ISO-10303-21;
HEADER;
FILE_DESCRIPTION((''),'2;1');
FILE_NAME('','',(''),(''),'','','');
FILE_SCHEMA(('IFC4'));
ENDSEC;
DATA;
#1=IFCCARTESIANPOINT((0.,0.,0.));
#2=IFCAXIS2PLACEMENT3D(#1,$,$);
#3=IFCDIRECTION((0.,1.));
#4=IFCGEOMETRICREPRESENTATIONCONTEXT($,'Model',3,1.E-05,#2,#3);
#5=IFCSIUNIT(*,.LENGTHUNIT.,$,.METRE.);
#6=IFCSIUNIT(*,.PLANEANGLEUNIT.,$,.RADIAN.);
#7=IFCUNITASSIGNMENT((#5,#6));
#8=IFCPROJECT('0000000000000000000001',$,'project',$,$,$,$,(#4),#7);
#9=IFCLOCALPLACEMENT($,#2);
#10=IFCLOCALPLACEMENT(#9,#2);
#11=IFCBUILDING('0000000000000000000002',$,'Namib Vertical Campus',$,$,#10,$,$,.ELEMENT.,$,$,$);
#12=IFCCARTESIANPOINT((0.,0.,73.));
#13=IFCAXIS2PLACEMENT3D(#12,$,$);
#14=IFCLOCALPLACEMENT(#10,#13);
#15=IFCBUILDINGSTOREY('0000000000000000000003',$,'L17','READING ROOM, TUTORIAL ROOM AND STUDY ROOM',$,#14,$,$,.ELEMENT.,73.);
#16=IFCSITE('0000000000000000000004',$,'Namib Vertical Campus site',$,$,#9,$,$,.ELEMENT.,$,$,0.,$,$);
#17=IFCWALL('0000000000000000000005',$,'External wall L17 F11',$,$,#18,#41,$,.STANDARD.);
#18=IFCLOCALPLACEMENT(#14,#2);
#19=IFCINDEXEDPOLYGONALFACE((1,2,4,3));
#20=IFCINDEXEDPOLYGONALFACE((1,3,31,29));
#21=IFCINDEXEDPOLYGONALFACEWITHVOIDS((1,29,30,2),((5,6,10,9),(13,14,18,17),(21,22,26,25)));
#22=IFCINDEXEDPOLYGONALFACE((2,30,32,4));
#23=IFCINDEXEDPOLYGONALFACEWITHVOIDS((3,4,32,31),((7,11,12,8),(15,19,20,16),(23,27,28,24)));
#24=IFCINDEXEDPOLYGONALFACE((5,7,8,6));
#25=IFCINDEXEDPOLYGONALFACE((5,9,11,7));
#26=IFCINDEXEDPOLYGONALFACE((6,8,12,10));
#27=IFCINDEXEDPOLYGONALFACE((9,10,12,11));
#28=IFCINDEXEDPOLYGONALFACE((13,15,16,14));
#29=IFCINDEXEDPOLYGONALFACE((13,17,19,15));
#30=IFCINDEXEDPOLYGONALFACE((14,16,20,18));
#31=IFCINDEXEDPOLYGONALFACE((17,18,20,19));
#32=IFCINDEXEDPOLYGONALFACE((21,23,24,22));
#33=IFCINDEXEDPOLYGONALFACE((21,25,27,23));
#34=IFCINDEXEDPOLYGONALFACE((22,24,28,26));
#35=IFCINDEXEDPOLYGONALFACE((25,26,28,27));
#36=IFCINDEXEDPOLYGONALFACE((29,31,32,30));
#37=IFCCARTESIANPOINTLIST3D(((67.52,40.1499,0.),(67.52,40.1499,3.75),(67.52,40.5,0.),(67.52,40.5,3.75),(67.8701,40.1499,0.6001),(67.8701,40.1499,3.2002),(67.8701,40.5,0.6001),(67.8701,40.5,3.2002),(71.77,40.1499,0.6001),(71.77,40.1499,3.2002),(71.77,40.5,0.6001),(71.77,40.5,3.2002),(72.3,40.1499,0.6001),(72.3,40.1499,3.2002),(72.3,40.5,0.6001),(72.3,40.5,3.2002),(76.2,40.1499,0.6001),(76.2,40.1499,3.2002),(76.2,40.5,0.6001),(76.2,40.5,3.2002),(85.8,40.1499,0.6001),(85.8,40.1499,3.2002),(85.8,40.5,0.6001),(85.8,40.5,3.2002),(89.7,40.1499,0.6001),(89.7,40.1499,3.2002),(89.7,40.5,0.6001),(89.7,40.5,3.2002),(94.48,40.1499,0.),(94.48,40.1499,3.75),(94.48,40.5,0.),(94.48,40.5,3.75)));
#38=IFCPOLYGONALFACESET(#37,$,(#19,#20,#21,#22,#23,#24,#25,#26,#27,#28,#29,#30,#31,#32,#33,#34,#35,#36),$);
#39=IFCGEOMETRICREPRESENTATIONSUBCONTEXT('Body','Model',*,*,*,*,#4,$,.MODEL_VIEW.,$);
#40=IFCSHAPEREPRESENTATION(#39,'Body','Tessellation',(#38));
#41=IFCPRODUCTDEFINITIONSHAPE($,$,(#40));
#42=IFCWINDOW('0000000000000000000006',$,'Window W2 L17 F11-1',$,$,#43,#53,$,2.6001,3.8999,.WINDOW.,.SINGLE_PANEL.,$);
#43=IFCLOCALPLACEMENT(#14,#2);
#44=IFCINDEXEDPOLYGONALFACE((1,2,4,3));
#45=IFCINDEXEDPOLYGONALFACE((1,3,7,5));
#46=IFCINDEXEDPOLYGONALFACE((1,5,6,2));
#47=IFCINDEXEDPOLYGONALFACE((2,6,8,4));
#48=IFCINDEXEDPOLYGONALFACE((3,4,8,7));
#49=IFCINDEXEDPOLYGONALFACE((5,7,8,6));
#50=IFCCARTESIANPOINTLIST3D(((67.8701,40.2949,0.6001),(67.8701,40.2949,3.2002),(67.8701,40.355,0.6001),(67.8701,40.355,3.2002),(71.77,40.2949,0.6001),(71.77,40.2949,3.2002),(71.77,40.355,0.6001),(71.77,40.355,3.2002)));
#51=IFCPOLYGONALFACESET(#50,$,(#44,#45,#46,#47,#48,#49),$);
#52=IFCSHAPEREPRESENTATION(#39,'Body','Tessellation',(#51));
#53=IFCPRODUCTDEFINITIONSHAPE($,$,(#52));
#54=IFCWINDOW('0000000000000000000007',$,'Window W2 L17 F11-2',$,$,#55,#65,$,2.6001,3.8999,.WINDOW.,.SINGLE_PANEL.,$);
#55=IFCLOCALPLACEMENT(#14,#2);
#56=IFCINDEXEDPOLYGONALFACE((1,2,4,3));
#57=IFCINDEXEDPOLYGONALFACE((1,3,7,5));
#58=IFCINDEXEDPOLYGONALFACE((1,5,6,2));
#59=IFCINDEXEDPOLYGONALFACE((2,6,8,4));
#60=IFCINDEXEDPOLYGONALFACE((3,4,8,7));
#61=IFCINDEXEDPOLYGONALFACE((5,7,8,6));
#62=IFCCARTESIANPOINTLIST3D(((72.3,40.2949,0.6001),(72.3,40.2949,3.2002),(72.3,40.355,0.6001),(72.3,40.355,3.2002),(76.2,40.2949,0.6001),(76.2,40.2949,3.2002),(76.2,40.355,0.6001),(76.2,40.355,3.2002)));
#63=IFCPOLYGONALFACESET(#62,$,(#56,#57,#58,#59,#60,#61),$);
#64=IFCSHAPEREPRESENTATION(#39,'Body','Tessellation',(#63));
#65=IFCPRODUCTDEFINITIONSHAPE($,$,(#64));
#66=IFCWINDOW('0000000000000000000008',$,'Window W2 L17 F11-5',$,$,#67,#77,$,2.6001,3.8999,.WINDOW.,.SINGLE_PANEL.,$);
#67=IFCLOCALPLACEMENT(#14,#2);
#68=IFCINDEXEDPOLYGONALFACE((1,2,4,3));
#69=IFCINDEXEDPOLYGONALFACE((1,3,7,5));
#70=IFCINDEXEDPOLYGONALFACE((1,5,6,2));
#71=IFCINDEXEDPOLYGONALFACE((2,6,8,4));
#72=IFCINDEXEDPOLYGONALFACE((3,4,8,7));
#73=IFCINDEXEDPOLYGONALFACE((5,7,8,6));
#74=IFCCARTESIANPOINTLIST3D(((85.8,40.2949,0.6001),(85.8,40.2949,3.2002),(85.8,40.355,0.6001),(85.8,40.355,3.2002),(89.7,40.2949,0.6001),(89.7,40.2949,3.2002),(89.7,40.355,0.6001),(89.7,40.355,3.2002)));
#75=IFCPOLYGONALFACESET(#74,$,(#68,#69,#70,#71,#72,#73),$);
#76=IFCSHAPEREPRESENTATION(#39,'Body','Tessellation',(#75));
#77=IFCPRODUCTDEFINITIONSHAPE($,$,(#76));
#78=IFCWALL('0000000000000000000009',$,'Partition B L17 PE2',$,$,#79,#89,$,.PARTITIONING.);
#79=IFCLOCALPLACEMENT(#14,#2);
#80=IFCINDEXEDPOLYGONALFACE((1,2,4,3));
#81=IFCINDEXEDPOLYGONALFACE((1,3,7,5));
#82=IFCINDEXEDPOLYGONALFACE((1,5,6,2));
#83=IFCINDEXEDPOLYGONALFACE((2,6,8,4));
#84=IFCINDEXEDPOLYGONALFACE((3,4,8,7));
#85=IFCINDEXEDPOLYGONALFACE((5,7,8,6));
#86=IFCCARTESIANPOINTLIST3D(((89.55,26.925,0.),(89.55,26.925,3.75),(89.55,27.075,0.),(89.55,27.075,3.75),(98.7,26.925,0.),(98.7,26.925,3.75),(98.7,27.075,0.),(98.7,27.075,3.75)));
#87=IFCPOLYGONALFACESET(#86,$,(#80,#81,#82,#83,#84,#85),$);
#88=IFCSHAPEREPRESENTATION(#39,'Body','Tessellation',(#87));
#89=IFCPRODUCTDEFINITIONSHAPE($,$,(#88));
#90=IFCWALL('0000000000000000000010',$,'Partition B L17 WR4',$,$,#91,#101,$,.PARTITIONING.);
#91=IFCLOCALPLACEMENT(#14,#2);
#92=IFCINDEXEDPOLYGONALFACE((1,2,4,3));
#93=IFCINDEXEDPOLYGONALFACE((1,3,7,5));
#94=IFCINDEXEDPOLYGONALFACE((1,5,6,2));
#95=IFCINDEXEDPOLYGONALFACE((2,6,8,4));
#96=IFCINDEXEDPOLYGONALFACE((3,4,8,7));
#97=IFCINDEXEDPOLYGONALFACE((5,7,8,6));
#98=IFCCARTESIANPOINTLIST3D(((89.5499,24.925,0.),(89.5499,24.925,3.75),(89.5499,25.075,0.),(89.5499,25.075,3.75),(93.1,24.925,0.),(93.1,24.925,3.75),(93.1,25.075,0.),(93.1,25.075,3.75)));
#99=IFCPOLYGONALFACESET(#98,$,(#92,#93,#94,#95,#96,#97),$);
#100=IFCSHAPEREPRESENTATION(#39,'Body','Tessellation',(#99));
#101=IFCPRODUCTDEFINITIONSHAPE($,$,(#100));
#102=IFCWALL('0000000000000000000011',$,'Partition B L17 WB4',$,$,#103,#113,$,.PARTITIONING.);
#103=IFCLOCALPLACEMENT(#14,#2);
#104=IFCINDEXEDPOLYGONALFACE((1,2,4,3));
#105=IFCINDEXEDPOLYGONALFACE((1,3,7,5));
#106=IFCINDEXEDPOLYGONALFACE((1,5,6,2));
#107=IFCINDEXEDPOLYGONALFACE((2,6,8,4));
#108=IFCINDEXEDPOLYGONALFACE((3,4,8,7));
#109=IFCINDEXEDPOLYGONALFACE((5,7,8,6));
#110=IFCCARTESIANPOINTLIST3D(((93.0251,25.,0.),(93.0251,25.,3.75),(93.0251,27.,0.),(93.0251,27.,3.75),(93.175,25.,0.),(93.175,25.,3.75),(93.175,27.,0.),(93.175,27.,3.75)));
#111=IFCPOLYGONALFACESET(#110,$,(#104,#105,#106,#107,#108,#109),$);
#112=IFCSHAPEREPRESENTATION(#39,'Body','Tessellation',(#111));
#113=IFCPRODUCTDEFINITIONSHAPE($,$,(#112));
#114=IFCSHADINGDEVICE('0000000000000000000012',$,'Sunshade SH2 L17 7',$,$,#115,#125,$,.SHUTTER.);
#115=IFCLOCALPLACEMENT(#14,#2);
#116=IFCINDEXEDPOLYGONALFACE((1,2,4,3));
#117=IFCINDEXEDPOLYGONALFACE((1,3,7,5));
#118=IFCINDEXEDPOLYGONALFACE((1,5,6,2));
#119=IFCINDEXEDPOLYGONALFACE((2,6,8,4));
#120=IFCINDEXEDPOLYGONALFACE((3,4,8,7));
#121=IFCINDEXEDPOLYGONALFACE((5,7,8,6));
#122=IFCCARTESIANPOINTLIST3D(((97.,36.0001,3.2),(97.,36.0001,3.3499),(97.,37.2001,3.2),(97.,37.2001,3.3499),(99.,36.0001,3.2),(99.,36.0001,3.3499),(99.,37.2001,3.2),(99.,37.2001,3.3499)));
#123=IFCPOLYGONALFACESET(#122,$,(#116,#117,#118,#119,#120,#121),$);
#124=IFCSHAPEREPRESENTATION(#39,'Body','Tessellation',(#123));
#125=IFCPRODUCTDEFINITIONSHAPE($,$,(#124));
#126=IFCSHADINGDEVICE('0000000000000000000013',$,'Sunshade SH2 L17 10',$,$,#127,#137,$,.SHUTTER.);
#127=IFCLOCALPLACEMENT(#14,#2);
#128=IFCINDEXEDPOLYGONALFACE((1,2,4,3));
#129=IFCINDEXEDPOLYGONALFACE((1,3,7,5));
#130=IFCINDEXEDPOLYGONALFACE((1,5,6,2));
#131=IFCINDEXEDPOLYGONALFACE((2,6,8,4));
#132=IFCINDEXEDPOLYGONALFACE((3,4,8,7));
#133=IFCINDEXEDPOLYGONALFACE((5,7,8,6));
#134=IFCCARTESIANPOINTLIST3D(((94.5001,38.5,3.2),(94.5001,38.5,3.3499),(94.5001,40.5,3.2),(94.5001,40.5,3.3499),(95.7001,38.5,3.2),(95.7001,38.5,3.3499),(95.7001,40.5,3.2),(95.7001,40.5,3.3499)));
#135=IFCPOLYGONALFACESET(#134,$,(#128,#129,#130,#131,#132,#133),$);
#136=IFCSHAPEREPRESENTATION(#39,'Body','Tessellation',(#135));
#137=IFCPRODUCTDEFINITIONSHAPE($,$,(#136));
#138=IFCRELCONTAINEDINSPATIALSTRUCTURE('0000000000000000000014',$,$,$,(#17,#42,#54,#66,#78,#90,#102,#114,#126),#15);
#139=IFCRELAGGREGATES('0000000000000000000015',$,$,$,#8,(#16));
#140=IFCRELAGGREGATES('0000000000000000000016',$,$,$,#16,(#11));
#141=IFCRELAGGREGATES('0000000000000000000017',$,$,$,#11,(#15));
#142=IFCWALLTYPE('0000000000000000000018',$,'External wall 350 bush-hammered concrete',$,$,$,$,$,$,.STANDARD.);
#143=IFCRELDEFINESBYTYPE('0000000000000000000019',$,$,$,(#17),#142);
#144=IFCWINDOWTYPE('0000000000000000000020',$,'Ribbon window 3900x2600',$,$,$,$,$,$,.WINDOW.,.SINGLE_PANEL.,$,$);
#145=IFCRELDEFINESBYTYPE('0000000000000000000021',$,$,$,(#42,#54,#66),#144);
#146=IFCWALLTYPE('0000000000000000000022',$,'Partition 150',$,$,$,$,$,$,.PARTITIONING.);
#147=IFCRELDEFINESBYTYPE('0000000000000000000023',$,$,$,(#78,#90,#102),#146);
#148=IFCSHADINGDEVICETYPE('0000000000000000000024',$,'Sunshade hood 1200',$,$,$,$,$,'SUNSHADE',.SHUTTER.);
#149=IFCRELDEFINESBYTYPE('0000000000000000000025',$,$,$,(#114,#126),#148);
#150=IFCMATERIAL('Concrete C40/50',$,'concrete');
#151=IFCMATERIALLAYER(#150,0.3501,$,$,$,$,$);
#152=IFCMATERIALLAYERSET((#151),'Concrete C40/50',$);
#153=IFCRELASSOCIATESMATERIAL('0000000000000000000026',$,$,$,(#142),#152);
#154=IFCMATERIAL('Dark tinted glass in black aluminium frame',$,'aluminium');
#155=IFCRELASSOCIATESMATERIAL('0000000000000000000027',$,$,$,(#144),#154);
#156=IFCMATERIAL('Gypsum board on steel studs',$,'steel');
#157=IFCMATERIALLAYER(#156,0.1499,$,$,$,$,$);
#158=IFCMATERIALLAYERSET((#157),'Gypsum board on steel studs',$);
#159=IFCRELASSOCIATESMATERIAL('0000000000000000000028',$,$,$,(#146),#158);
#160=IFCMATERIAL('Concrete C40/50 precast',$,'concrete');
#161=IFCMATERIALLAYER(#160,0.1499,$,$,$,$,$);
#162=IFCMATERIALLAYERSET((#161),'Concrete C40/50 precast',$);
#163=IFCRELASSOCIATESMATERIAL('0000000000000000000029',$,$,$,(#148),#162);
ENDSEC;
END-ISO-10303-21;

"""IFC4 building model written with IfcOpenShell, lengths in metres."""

from ifc_helpers import new_model, si_unit, direction, frame, frame_2d, origin, origin_2d, place, context, subcontext, project, spatial, rectangle, extrude, material, layer, layer_set, type_object, element, fill, save


model = new_model("IFC4")

# Units and contexts
model_context = context("Model", 3, precision=1e-05, world=origin(), true_north=direction((0.0, 1.0)))
body_context = subcontext(model_context, "Body", "Model", "MODEL_VIEW")
ifc_project = project(units=[si_unit("LENGTHUNIT", "METRE"), si_unit("PLANEANGLEUNIT", "RADIAN")], contexts=[model_context])

# Site, building, storey
site_placement = place(None, origin())
site = spatial("IfcSite", under=ifc_project, at=site_placement, Name="Namib Vertical Campus site", CompositionType="ELEMENT", RefElevation=0.0)
building_placement = place(site_placement, origin())
building = spatial("IfcBuilding", under=site, at=building_placement, Name="Namib Vertical Campus", CompositionType="ELEMENT")
storey_placement = place(building_placement, frame((0.0, 0.0, 73.0)))
storey = spatial("IfcBuildingStorey", under=building, at=storey_placement, Name="L17", Description="READING ROOM, TUTORIAL ROOM AND STUDY ROOM", CompositionType="ELEMENT", Elevation=73.0)

# Shared definitions
ifc_material_1 = material(Name="Concrete C40/50", Category="concrete")
ifc_layer_1 = layer(ifc_material_1, 0.3501)
ifc_layer_set_1 = layer_set([ifc_layer_1], Name="Concrete C40/50")
wall_type_1 = type_object("IfcWallType", Name="External wall 350 bush-hammered concrete", PredefinedType="STANDARD", material=ifc_layer_set_1)

# Wall, openings, windows
wall_1_placement = place(storey_placement, frame((94.48, 40.325, 0.0), z_axis=(0.0, 0.0, 1.0), x_axis=(-1.0, 0.0, 0.0)))
wall_1 = element("IfcWall", 1, at=wall_1_placement, inside=storey, type_object=wall_type_1, Name="External wall L17 F11", PredefinedType="STANDARD", context=body_context, shape_type="SweptSolid", body=[
    extrude(rectangle(XDim=26.96, YDim=0.3501, at=frame_2d((13.48, 0.0))), origin(), (0.0, 0.0, 1.0), 3.75),
])
opening_1_placement = place(wall_1_placement, frame((22.71, 0.0, 0.6001)))
opening_1 = element("IfcOpeningElement", 2, at=opening_1_placement, cuts=wall_1, PredefinedType="OPENING", context=body_context, shape_type="SweptSolid", body=[
    extrude(rectangle(XDim=3.8999, YDim=2.6001, at=frame_2d((1.95, 1.3))), frame((0.0, 0.1851, 0.0), z_axis=(0.0, -1.0, 0.0), x_axis=(1.0, 0.0, 0.0)), (0.0, 0.0, 1.0), 0.3701),
])
opening_2_placement = place(wall_1_placement, frame((18.28, 0.0, 0.6001)))
opening_2 = element("IfcOpeningElement", 3, at=opening_2_placement, cuts=wall_1, PredefinedType="OPENING", context=body_context, shape_type="SweptSolid", body=[
    extrude(rectangle(XDim=3.8999, YDim=2.6001, at=frame_2d((1.95, 1.3))), frame((0.0, 0.1851, 0.0), z_axis=(0.0, -1.0, 0.0), x_axis=(1.0, 0.0, 0.0)), (0.0, 0.0, 1.0), 0.3701),
])
opening_3_placement = place(wall_1_placement, frame((4.78, 0.0, 0.6001)))
opening_3 = element("IfcOpeningElement", 4, at=opening_3_placement, cuts=wall_1, PredefinedType="OPENING", context=body_context, shape_type="SweptSolid", body=[
    extrude(rectangle(XDim=3.8999, YDim=2.6001, at=frame_2d((1.95, 1.3))), frame((0.0, 0.1851, 0.0), z_axis=(0.0, -1.0, 0.0), x_axis=(1.0, 0.0, 0.0)), (0.0, 0.0, 1.0), 0.3701),
])
ifc_material_2 = material(Name="Dark tinted glass in black aluminium frame", Category="aluminium")
window_type = type_object("IfcWindowType", Name="Ribbon window 3900x2600", PartitioningType="SINGLE_PANEL", PredefinedType="WINDOW", material=ifc_material_2)
window_1_placement = place(opening_1_placement, origin())
window_1 = element("IfcWindow", 5, at=window_1_placement, inside=storey, type_object=window_type, Name="Window W2 L17 F11-1", OverallHeight=2.6001, OverallWidth=3.8999, PartitioningType="SINGLE_PANEL", PredefinedType="WINDOW", context=body_context, shape_type="SweptSolid", body=[
    extrude(rectangle(XDim=3.8999, YDim=2.6001, at=frame_2d((1.95, 1.3))), frame((0.0, 0.03, 0.0), z_axis=(0.0, -1.0, 0.0), x_axis=(1.0, 0.0, 0.0)), (0.0, 0.0, 1.0), 0.0601),
])
fill(opening_1, window_1)
window_2_placement = place(opening_2_placement, origin())
window_2 = element("IfcWindow", 6, at=window_2_placement, inside=storey, type_object=window_type, Name="Window W2 L17 F11-2", OverallHeight=2.6001, OverallWidth=3.8999, PartitioningType="SINGLE_PANEL", PredefinedType="WINDOW", context=body_context, shape_type="SweptSolid", body=[
    extrude(rectangle(XDim=3.8999, YDim=2.6001, at=frame_2d((1.95, 1.3))), frame((0.0, 0.03, 0.0), z_axis=(0.0, -1.0, 0.0), x_axis=(1.0, 0.0, 0.0)), (0.0, 0.0, 1.0), 0.0601),
])
fill(opening_2, window_2)
window_3_placement = place(opening_3_placement, origin())
window_3 = element("IfcWindow", 7, at=window_3_placement, inside=storey, type_object=window_type, Name="Window W2 L17 F11-5", OverallHeight=2.6001, OverallWidth=3.8999, PartitioningType="SINGLE_PANEL", PredefinedType="WINDOW", context=body_context, shape_type="SweptSolid", body=[
    extrude(rectangle(XDim=3.8999, YDim=2.6001, at=frame_2d((1.95, 1.3))), frame((0.0, 0.03, 0.0), z_axis=(0.0, -1.0, 0.0), x_axis=(1.0, 0.0, 0.0)), (0.0, 0.0, 1.0), 0.0601),
])
fill(opening_3, window_3)

# Walls
ifc_material_3 = material(Name="Gypsum board on steel studs", Category="steel")
ifc_layer_2 = layer(ifc_material_3, 0.1499)
ifc_layer_set_2 = layer_set([ifc_layer_2], Name="Gypsum board on steel studs")
wall_type_2 = type_object("IfcWallType", Name="Partition 150", PredefinedType="PARTITIONING", material=ifc_layer_set_2)
wall_2_placement = place(storey_placement, frame((89.55, 27.0, 0.0), z_axis=(0.0, 0.0, 1.0), x_axis=(1.0, 0.0, 0.0)))
element("IfcWall", 8, at=wall_2_placement, inside=storey, type_object=wall_type_2, Name="Partition B L17 PE2", PredefinedType="PARTITIONING", context=body_context, shape_type="SweptSolid", body=[
    extrude(rectangle(XDim=9.1499, YDim=0.1499, at=frame_2d((4.575, 0.0))), origin(), (0.0, 0.0, 1.0), 3.75),
])
wall_3_placement = place(storey_placement, frame((89.55, 25.0, 0.0), z_axis=(0.0, 0.0, 1.0), x_axis=(1.0, 0.0, 0.0)))
element("IfcWall", 9, at=wall_3_placement, inside=storey, type_object=wall_type_2, Name="Partition B L17 WR4", PredefinedType="PARTITIONING", context=body_context, shape_type="SweptSolid", body=[
    extrude(rectangle(XDim=3.55, YDim=0.1499, at=frame_2d((1.7749, 0.0))), origin(), (0.0, 0.0, 1.0), 3.75),
])
wall_4_placement = place(storey_placement, frame((93.1001, 25.0, 0.0), z_axis=(0.0, 0.0, 1.0), x_axis=(0.0, 1.0, 0.0)))
element("IfcWall", 10, at=wall_4_placement, inside=storey, type_object=wall_type_2, Name="Partition B L17 WB4", PredefinedType="PARTITIONING", context=body_context, shape_type="SweptSolid", body=[
    extrude(rectangle(XDim=2.0, YDim=0.1499, at=frame_2d((1.0, 0.0))), origin(), (0.0, 0.0, 1.0), 3.75),
])

# Shading devices
ifc_material_4 = material(Name="Concrete C40/50 precast", Category="concrete")
ifc_layer_3 = layer(ifc_material_4, 0.1499)
ifc_layer_set_3 = layer_set([ifc_layer_3], Name="Concrete C40/50 precast")
shading_device_type = type_object("IfcShadingDeviceType", Name="Sunshade hood 1200", ElementType="SUNSHADE", PredefinedType="SHUTTER", material=ifc_layer_set_3)
for number, where, z_axis, x_axis, name in (
    (11, (98.0, 36.6001, 3.2), (0.0, 0.0, 1.0), (-1.0, 0.0, 0.0), "Sunshade SH2 L17 7"),
    (12, (95.1001, 39.5, 3.2), (0.0, 0.0, 1.0), (0.0, 1.0, 0.0), "Sunshade SH2 L17 10"),
):
    element("IfcShadingDevice", number, at=place(storey_placement, frame(where, z_axis=z_axis, x_axis=x_axis)), inside=storey, type_object=shading_device_type, Name=name, PredefinedType="SHUTTER", context=body_context, shape_type="SweptSolid", body=[
        extrude(rectangle(XDim=2.0, YDim=1.2, at=origin_2d()), origin(), (0.0, 0.0, 1.0), 0.1499),
    ])

save(model, "model.ifc")
